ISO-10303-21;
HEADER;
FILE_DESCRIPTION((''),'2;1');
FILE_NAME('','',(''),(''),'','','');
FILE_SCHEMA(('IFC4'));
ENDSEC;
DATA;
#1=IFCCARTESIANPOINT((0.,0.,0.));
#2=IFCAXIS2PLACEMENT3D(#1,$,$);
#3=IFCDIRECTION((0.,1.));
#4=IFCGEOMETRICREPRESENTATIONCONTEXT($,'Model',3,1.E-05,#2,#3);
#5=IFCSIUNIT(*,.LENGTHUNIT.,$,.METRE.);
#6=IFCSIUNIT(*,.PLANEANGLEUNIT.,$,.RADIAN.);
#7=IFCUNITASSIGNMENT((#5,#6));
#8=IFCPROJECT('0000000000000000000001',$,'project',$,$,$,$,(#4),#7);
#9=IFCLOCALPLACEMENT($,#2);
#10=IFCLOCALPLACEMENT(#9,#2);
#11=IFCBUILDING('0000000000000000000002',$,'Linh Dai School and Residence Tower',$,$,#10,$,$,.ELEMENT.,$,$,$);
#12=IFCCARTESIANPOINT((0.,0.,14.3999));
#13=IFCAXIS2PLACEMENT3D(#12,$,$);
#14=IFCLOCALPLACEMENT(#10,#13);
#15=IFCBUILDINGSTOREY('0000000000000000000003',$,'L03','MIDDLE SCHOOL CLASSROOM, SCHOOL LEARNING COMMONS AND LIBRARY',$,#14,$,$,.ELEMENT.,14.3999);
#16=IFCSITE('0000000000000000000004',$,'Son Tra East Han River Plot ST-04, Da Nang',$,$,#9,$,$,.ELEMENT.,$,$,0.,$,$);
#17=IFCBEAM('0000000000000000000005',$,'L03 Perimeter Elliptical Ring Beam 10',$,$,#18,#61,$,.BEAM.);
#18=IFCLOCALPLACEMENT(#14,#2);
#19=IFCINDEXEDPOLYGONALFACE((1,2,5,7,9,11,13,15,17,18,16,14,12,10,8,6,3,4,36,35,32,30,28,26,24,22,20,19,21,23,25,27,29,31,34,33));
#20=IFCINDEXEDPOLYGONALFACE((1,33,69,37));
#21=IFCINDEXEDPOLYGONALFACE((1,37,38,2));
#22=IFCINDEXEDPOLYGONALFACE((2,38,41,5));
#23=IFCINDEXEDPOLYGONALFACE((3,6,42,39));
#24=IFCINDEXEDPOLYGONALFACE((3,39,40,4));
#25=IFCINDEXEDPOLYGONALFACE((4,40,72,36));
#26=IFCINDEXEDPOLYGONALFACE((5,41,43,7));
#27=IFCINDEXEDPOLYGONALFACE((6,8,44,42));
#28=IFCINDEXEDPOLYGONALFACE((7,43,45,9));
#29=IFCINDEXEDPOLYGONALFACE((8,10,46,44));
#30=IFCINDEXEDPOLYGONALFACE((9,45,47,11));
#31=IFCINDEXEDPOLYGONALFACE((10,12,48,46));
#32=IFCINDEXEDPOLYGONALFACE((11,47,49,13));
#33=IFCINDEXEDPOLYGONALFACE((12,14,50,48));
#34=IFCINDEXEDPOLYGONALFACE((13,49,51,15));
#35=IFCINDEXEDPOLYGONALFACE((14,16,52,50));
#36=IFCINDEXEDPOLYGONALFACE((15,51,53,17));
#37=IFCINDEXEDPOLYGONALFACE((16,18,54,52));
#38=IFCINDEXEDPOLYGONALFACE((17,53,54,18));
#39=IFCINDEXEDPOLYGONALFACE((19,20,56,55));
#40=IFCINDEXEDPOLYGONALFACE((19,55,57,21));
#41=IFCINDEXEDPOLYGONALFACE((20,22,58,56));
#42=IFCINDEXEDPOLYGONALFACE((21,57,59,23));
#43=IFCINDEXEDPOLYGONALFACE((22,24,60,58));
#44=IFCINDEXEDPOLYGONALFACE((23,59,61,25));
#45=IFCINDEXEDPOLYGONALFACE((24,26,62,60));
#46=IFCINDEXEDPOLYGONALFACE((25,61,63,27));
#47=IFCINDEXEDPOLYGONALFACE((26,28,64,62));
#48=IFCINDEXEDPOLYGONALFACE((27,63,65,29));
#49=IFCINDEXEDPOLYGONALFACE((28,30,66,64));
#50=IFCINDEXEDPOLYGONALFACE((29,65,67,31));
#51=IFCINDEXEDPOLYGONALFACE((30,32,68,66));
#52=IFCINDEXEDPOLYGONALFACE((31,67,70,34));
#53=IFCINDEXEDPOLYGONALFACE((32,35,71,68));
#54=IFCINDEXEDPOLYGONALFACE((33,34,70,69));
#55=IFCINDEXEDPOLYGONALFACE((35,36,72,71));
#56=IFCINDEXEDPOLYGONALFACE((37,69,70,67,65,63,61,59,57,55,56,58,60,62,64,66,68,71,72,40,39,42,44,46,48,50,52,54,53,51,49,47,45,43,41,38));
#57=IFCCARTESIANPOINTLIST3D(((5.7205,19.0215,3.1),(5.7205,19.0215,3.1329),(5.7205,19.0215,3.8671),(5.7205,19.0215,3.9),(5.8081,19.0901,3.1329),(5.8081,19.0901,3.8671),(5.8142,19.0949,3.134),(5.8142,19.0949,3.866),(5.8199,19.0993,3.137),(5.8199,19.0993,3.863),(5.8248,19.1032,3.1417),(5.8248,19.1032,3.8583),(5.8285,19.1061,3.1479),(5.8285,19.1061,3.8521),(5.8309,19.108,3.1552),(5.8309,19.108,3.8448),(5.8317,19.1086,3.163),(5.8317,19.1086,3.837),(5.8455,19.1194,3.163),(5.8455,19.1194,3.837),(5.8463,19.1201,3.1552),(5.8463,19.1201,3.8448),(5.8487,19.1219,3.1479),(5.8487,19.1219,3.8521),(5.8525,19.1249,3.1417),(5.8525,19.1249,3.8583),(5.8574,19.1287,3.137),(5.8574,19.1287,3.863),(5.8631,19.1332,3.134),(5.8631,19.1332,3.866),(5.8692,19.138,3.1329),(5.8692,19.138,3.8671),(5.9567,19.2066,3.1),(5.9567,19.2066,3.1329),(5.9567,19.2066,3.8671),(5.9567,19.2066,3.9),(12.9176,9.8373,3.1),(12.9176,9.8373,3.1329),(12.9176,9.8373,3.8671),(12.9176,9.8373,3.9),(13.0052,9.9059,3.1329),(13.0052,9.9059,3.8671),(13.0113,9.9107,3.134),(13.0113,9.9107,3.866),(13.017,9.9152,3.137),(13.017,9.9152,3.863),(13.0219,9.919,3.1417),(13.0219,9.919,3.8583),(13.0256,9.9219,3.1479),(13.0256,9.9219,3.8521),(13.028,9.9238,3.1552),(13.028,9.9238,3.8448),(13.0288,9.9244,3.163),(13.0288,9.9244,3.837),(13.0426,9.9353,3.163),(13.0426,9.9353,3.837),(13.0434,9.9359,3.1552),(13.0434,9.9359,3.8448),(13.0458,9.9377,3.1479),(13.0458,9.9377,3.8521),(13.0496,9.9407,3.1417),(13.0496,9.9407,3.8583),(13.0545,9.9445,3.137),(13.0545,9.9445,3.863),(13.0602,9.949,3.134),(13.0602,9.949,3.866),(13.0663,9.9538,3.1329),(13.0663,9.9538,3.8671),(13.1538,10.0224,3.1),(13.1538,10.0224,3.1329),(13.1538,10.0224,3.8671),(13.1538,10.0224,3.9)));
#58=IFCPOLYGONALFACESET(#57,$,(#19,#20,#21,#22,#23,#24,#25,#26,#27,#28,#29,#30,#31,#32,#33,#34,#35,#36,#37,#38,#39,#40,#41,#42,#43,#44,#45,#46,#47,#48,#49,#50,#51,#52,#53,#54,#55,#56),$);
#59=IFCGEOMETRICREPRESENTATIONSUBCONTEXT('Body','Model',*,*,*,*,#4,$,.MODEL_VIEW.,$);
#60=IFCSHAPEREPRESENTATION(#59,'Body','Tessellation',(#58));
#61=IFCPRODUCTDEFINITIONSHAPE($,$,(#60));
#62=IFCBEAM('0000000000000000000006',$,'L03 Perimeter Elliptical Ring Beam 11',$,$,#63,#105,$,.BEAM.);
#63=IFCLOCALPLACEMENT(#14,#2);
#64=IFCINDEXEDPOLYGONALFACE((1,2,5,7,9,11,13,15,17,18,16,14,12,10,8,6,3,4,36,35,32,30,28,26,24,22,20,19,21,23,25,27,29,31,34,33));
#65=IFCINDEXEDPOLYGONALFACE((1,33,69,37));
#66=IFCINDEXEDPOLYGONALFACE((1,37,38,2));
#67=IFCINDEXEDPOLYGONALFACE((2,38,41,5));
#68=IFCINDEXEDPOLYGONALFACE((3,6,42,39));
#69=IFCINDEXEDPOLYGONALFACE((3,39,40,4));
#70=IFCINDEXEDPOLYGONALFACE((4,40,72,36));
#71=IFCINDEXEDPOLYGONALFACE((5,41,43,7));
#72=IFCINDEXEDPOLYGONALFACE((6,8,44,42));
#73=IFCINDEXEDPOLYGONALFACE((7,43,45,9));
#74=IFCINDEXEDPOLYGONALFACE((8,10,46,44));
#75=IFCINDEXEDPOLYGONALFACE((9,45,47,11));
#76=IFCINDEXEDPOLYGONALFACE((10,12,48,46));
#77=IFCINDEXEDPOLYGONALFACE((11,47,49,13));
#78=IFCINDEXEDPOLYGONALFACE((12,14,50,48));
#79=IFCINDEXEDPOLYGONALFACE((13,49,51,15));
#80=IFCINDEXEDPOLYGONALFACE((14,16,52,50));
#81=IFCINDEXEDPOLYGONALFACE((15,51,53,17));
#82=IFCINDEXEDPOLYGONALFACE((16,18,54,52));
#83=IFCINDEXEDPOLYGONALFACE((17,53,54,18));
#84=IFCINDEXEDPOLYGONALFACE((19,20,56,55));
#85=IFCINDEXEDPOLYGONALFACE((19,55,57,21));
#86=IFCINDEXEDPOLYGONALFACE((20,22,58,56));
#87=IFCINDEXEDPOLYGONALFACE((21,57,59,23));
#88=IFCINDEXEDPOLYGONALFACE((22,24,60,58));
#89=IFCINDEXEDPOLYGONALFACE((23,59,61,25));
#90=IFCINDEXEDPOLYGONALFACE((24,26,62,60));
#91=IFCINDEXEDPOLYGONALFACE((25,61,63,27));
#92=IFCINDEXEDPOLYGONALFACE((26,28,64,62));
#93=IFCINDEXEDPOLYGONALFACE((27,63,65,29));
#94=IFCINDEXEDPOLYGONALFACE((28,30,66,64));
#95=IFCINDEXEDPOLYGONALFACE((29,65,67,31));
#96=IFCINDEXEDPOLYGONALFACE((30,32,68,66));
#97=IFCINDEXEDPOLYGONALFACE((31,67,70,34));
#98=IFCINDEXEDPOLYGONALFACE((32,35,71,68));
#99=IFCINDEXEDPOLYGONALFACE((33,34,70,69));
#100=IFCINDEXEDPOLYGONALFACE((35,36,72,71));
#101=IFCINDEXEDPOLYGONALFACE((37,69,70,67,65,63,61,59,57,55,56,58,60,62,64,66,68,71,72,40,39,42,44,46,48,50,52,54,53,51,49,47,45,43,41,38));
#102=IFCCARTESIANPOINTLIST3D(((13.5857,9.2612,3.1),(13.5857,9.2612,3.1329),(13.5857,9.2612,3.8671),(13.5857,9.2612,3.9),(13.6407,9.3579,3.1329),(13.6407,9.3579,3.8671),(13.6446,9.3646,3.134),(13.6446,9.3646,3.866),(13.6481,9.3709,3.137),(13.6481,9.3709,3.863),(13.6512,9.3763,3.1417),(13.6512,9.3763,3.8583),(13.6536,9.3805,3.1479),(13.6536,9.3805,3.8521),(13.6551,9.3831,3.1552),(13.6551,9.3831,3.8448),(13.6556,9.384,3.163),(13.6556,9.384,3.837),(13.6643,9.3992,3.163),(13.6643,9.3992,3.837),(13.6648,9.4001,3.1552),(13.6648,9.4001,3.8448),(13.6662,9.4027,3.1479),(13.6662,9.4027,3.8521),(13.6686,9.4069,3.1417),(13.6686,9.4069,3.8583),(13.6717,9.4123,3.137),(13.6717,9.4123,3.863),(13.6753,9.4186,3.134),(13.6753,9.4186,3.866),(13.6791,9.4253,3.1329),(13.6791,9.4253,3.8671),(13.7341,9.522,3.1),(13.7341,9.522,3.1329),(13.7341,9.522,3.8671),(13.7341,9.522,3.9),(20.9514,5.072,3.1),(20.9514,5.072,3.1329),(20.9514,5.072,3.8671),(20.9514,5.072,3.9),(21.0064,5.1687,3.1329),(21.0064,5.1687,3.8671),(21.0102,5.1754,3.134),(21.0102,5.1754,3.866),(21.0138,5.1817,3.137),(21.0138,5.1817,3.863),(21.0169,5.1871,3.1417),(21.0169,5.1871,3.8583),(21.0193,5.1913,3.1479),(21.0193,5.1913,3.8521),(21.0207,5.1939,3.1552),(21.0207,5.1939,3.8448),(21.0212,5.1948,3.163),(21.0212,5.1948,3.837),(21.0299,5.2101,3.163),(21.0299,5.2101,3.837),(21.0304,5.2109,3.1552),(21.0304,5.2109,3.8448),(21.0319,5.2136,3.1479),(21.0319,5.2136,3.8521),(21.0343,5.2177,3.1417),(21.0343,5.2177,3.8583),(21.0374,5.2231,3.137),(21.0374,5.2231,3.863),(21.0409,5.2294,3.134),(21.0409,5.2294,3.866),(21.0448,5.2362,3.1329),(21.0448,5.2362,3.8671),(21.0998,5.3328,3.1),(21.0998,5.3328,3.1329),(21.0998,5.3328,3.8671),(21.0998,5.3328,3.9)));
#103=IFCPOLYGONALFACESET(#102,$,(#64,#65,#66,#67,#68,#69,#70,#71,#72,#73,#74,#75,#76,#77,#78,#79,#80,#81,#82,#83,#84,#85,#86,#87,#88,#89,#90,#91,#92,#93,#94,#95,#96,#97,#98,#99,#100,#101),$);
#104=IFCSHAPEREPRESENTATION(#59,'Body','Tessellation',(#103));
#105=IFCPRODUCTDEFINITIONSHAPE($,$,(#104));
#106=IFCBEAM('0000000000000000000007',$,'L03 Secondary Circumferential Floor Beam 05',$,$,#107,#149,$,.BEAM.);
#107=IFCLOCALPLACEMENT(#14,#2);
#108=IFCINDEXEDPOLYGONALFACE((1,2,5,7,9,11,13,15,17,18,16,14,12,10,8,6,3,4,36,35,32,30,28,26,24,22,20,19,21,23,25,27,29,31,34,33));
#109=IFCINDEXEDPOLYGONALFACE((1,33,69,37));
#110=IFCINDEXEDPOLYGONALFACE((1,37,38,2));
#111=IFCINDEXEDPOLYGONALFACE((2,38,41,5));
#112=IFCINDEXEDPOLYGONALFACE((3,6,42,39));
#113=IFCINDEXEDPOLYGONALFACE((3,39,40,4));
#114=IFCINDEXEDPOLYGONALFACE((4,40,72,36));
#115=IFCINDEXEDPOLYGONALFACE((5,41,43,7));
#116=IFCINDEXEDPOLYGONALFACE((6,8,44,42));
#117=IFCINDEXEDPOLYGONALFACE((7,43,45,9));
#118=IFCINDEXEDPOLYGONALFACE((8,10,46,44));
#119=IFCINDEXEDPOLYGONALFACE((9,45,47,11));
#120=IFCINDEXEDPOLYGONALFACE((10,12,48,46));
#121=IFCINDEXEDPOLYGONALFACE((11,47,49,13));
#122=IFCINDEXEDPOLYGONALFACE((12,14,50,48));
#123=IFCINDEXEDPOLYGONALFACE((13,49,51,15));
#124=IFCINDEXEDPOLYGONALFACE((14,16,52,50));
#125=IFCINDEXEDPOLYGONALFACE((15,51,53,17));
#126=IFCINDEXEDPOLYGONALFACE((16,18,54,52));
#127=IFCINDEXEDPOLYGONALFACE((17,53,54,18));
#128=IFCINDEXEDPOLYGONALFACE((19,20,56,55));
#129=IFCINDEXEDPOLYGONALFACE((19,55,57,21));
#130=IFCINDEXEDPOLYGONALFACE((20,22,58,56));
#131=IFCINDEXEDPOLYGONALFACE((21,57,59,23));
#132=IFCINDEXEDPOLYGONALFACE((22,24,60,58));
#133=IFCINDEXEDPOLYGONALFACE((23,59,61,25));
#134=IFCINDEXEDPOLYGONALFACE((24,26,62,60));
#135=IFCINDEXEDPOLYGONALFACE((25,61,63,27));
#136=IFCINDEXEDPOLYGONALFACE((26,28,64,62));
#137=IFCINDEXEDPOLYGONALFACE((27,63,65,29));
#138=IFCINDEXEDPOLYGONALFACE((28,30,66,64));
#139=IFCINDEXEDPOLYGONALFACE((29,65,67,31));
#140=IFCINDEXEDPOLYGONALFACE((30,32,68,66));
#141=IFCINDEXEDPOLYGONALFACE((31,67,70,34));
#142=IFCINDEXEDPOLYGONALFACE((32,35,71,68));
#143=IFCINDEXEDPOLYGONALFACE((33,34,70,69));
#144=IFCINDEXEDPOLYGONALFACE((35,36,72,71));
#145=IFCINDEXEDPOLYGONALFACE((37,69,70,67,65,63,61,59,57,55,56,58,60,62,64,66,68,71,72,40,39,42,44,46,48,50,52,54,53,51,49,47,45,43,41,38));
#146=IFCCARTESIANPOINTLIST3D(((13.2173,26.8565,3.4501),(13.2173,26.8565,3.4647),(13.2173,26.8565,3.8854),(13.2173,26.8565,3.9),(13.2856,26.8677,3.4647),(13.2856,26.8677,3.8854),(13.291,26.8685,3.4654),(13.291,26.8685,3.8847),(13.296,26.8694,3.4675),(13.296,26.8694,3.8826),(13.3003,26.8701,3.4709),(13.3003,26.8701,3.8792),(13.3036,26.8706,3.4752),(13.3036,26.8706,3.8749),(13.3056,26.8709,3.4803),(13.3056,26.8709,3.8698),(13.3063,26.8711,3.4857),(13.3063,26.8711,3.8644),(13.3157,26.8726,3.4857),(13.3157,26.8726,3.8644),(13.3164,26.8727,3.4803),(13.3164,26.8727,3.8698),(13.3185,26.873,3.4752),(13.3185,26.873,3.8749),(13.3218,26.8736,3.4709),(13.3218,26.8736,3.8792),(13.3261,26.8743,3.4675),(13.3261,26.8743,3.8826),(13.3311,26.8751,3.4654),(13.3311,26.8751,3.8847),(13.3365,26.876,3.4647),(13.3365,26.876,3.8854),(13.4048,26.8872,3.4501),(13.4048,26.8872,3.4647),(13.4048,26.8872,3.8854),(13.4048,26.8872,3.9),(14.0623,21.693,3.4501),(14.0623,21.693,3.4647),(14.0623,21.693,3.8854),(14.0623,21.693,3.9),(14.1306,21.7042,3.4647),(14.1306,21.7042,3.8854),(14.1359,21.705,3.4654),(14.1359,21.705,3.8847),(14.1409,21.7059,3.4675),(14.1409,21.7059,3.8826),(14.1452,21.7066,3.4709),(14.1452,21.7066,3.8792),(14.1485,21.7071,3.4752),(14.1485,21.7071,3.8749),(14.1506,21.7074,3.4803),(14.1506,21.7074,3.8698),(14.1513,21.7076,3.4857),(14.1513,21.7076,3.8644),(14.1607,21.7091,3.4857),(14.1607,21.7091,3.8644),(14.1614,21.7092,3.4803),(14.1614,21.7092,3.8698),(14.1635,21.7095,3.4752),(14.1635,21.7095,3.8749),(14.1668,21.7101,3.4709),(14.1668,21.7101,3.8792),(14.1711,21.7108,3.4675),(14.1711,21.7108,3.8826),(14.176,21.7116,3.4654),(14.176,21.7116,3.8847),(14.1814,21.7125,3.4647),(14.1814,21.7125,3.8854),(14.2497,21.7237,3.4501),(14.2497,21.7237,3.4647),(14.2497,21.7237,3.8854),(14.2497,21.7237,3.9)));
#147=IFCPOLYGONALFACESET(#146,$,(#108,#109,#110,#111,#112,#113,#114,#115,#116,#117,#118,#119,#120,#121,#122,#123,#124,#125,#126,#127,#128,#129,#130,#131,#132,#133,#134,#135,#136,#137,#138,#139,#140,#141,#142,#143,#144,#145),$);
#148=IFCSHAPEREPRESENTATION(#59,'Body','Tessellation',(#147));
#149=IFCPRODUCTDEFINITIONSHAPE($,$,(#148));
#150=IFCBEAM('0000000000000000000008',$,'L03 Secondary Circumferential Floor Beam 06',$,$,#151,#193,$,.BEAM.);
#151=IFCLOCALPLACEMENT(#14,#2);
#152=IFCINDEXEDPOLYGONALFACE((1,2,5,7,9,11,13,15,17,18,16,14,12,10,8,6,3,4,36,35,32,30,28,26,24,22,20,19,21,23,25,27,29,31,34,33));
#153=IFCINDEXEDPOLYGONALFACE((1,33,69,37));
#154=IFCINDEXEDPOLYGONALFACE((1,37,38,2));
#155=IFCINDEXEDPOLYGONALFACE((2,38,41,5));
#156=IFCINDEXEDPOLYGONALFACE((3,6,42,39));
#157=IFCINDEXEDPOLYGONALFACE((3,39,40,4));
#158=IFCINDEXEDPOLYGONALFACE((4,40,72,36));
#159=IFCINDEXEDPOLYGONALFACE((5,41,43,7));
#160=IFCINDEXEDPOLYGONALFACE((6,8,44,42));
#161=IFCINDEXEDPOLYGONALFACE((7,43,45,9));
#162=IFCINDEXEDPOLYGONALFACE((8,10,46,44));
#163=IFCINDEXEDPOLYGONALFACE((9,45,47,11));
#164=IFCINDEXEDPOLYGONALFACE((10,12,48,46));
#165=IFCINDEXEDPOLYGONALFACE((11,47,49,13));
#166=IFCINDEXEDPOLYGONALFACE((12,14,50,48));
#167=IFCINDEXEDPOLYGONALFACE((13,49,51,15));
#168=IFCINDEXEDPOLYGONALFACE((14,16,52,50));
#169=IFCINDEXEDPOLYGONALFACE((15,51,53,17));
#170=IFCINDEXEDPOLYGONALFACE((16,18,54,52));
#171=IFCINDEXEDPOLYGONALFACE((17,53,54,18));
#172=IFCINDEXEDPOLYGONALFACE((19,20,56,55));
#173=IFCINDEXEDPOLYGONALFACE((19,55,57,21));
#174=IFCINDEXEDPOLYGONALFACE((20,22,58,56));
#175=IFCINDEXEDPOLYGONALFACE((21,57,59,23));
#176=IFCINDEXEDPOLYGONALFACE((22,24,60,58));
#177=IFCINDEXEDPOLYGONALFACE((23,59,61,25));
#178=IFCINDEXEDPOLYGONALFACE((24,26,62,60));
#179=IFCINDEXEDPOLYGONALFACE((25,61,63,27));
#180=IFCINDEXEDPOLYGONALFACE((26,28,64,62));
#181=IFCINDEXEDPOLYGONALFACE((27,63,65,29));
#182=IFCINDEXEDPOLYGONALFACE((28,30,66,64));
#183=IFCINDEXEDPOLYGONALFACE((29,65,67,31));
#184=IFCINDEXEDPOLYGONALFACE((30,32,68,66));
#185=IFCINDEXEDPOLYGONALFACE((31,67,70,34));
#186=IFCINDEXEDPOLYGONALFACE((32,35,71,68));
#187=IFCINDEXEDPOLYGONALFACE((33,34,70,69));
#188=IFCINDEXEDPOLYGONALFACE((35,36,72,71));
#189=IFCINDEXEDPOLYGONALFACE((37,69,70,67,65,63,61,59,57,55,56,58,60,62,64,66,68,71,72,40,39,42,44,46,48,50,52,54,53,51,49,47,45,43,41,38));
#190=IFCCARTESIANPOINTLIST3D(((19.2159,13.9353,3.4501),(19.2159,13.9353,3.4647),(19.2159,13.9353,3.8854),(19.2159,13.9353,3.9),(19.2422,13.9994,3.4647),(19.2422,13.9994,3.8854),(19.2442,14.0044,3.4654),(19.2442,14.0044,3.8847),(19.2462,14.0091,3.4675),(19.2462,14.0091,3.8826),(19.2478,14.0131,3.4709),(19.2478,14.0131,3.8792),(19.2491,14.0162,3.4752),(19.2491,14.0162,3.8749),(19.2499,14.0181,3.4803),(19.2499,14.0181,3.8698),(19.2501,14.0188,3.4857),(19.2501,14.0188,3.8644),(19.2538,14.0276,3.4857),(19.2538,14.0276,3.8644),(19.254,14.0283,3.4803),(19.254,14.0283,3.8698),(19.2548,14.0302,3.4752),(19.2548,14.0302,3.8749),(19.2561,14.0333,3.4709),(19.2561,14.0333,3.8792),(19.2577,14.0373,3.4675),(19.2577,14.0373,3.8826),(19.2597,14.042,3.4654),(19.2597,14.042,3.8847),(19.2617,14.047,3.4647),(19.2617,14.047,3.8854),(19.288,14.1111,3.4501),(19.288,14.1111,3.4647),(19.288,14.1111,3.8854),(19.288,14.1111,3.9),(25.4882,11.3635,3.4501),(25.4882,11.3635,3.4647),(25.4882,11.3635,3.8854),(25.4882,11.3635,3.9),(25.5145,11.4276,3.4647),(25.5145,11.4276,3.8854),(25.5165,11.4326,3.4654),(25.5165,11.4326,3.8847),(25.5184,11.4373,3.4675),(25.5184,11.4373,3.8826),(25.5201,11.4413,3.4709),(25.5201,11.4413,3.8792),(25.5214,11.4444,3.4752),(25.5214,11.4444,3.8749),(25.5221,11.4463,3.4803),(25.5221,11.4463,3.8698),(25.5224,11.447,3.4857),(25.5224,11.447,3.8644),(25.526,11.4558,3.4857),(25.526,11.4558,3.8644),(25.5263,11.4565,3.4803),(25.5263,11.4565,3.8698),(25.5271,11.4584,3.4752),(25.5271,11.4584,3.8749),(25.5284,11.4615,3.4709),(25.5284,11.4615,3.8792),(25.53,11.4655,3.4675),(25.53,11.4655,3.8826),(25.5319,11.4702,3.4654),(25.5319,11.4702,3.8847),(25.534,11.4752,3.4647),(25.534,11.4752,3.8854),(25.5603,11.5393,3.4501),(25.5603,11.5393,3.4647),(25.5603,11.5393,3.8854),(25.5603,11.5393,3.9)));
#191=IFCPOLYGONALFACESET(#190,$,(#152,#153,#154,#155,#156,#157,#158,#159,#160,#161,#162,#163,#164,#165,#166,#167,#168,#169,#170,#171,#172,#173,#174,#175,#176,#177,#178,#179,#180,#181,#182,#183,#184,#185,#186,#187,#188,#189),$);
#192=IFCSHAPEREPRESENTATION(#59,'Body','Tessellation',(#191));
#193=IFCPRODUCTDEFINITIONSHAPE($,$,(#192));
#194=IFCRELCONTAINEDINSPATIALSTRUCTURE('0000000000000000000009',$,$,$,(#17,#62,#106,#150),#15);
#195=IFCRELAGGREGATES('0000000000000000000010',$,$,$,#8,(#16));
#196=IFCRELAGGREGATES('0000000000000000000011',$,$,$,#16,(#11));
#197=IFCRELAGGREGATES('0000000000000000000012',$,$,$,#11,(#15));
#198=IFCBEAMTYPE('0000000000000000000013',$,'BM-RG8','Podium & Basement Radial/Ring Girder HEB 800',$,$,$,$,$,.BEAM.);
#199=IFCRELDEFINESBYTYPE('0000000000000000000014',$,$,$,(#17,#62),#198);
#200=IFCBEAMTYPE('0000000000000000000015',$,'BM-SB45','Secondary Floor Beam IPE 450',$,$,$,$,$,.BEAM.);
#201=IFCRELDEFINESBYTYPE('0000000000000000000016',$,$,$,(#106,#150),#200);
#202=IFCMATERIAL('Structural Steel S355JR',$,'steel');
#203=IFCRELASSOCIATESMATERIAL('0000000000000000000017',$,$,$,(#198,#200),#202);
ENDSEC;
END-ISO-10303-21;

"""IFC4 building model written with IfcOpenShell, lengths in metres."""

from ifc_helpers import new_model, si_unit, direction, frame, origin, origin_2d, place, context, subcontext, project, spatial, i_section, extrude, material, material_profile, profile_set, type_object, element, save


model = new_model("IFC4")

# Units and contexts
model_context = context("Model", 3, precision=1e-05, world=origin(), true_north=direction((0.0, 1.0)))
body_context = subcontext(model_context, "Body", "Model", "MODEL_VIEW")
ifc_project = project(units=[si_unit("LENGTHUNIT", "METRE"), si_unit("PLANEANGLEUNIT", "RADIAN")], contexts=[model_context])

# Site, building, storey
site_placement = place(None, origin())
site = spatial("IfcSite", under=ifc_project, at=site_placement, Name="Son Tra East Han River Plot ST-04, Da Nang", CompositionType="ELEMENT", RefElevation=0.0)
building_placement = place(site_placement, origin())
building = spatial("IfcBuilding", under=site, at=building_placement, Name="Linh Dai School and Residence Tower", CompositionType="ELEMENT")
storey_placement = place(building_placement, frame((0.0, 0.0, 14.3999)))
storey = spatial("IfcBuildingStorey", under=building, at=storey_placement, Name="L03", Description="MIDDLE SCHOOL CLASSROOM, SCHOOL LEARNING COMMONS AND LIBRARY", CompositionType="ELEMENT", Elevation=14.3999)

# Shared definitions
ifc_material_1 = material(Name="Structural Steel S355JR", Category="steel")

# Beams
ifc_material_profile_1 = material_profile(ifc_material_1, i_section(OverallWidth=0.3, OverallDepth=0.8, WebThickness=0.0176, FlangeThickness=0.033, FilletRadius=0.03, at=origin_2d()), Name="HEB 800")
ifc_profile_set_1 = profile_set([ifc_material_profile_1], Name="Structural Steel S355JR")
beam_type_1 = type_object("IfcBeamType", Name="BM-RG8", Description="Podium & Basement Radial/Ring Girder HEB 800", PredefinedType="BEAM", material=ifc_profile_set_1)
beam_1_placement = place(storey_placement, frame((5.8386, 19.114, 3.5), z_axis=(0.616812, -0.787111, 0.0), x_axis=(0.787111, 0.616812, 0.0)))
element("IfcBeam", 1, at=beam_1_placement, inside=storey, type_object=beam_type_1, Name="L03 Perimeter Elliptical Ring Beam 10", PredefinedType="BEAM", context=body_context, shape_type="SweptSolid", body=[
    extrude(i_section(OverallWidth=0.3, OverallDepth=0.8, WebThickness=0.0176, FlangeThickness=0.033, FilletRadius=0.03, at=origin_2d()), origin(), (0.0, 0.0, 1.0), 11.6682),
])
beam_2_placement = place(storey_placement, frame((13.6599, 9.3916, 3.5), z_axis=(0.869247, -0.494379, 0.0), x_axis=(0.494379, 0.869247, 0.0)))
element("IfcBeam", 2, at=beam_2_placement, inside=storey, type_object=beam_type_1, Name="L03 Perimeter Elliptical Ring Beam 11", PredefinedType="BEAM", context=body_context, shape_type="SweptSolid", body=[
    extrude(i_section(OverallWidth=0.3, OverallDepth=0.8, WebThickness=0.0176, FlangeThickness=0.033, FilletRadius=0.03, at=origin_2d()), origin(), (0.0, 0.0, 1.0), 8.4736),
])
ifc_material_profile_2 = material_profile(ifc_material_1, i_section(OverallWidth=0.1899, OverallDepth=0.45, WebThickness=0.0095, FlangeThickness=0.0146, FilletRadius=0.021, at=origin_2d()), Name="IPE 450")
ifc_profile_set_2 = profile_set([ifc_material_profile_2], Name="Structural Steel S355JR")
beam_type_2 = type_object("IfcBeamType", Name="BM-SB45", Description="Secondary Floor Beam IPE 450", PredefinedType="BEAM", material=ifc_profile_set_2)
beam_3_placement = place(storey_placement, frame((13.311, 26.8718, 3.675), z_axis=(0.161493, -0.986874, 0.0), x_axis=(0.986874, 0.161493, 0.0)))
element("IfcBeam", 3, at=beam_3_placement, inside=storey, type_object=beam_type_2, Name="L03 Secondary Circumferential Floor Beam 05", PredefinedType="BEAM", context=body_context, shape_type="SweptSolid", body=[
    extrude(i_section(OverallWidth=0.1899, OverallDepth=0.45, WebThickness=0.0095, FlangeThickness=0.0146, FilletRadius=0.021, at=origin_2d()), origin(), (0.0, 0.0, 1.0), 5.2322),
])
beam_4_placement = place(storey_placement, frame((19.252, 14.0232, 3.675), z_axis=(0.925243, -0.379375, 0.0), x_axis=(0.379375, 0.925243, 0.0)))
element("IfcBeam", 4, at=beam_4_placement, inside=storey, type_object=beam_type_2, Name="L03 Secondary Circumferential Floor Beam 06", PredefinedType="BEAM", context=body_context, shape_type="SweptSolid", body=[
    extrude(i_section(OverallWidth=0.1899, OverallDepth=0.45, WebThickness=0.0095, FlangeThickness=0.0146, FilletRadius=0.021, at=origin_2d()), origin(), (0.0, 0.0, 1.0), 6.7791),
])

save(model, "model.ifc")
